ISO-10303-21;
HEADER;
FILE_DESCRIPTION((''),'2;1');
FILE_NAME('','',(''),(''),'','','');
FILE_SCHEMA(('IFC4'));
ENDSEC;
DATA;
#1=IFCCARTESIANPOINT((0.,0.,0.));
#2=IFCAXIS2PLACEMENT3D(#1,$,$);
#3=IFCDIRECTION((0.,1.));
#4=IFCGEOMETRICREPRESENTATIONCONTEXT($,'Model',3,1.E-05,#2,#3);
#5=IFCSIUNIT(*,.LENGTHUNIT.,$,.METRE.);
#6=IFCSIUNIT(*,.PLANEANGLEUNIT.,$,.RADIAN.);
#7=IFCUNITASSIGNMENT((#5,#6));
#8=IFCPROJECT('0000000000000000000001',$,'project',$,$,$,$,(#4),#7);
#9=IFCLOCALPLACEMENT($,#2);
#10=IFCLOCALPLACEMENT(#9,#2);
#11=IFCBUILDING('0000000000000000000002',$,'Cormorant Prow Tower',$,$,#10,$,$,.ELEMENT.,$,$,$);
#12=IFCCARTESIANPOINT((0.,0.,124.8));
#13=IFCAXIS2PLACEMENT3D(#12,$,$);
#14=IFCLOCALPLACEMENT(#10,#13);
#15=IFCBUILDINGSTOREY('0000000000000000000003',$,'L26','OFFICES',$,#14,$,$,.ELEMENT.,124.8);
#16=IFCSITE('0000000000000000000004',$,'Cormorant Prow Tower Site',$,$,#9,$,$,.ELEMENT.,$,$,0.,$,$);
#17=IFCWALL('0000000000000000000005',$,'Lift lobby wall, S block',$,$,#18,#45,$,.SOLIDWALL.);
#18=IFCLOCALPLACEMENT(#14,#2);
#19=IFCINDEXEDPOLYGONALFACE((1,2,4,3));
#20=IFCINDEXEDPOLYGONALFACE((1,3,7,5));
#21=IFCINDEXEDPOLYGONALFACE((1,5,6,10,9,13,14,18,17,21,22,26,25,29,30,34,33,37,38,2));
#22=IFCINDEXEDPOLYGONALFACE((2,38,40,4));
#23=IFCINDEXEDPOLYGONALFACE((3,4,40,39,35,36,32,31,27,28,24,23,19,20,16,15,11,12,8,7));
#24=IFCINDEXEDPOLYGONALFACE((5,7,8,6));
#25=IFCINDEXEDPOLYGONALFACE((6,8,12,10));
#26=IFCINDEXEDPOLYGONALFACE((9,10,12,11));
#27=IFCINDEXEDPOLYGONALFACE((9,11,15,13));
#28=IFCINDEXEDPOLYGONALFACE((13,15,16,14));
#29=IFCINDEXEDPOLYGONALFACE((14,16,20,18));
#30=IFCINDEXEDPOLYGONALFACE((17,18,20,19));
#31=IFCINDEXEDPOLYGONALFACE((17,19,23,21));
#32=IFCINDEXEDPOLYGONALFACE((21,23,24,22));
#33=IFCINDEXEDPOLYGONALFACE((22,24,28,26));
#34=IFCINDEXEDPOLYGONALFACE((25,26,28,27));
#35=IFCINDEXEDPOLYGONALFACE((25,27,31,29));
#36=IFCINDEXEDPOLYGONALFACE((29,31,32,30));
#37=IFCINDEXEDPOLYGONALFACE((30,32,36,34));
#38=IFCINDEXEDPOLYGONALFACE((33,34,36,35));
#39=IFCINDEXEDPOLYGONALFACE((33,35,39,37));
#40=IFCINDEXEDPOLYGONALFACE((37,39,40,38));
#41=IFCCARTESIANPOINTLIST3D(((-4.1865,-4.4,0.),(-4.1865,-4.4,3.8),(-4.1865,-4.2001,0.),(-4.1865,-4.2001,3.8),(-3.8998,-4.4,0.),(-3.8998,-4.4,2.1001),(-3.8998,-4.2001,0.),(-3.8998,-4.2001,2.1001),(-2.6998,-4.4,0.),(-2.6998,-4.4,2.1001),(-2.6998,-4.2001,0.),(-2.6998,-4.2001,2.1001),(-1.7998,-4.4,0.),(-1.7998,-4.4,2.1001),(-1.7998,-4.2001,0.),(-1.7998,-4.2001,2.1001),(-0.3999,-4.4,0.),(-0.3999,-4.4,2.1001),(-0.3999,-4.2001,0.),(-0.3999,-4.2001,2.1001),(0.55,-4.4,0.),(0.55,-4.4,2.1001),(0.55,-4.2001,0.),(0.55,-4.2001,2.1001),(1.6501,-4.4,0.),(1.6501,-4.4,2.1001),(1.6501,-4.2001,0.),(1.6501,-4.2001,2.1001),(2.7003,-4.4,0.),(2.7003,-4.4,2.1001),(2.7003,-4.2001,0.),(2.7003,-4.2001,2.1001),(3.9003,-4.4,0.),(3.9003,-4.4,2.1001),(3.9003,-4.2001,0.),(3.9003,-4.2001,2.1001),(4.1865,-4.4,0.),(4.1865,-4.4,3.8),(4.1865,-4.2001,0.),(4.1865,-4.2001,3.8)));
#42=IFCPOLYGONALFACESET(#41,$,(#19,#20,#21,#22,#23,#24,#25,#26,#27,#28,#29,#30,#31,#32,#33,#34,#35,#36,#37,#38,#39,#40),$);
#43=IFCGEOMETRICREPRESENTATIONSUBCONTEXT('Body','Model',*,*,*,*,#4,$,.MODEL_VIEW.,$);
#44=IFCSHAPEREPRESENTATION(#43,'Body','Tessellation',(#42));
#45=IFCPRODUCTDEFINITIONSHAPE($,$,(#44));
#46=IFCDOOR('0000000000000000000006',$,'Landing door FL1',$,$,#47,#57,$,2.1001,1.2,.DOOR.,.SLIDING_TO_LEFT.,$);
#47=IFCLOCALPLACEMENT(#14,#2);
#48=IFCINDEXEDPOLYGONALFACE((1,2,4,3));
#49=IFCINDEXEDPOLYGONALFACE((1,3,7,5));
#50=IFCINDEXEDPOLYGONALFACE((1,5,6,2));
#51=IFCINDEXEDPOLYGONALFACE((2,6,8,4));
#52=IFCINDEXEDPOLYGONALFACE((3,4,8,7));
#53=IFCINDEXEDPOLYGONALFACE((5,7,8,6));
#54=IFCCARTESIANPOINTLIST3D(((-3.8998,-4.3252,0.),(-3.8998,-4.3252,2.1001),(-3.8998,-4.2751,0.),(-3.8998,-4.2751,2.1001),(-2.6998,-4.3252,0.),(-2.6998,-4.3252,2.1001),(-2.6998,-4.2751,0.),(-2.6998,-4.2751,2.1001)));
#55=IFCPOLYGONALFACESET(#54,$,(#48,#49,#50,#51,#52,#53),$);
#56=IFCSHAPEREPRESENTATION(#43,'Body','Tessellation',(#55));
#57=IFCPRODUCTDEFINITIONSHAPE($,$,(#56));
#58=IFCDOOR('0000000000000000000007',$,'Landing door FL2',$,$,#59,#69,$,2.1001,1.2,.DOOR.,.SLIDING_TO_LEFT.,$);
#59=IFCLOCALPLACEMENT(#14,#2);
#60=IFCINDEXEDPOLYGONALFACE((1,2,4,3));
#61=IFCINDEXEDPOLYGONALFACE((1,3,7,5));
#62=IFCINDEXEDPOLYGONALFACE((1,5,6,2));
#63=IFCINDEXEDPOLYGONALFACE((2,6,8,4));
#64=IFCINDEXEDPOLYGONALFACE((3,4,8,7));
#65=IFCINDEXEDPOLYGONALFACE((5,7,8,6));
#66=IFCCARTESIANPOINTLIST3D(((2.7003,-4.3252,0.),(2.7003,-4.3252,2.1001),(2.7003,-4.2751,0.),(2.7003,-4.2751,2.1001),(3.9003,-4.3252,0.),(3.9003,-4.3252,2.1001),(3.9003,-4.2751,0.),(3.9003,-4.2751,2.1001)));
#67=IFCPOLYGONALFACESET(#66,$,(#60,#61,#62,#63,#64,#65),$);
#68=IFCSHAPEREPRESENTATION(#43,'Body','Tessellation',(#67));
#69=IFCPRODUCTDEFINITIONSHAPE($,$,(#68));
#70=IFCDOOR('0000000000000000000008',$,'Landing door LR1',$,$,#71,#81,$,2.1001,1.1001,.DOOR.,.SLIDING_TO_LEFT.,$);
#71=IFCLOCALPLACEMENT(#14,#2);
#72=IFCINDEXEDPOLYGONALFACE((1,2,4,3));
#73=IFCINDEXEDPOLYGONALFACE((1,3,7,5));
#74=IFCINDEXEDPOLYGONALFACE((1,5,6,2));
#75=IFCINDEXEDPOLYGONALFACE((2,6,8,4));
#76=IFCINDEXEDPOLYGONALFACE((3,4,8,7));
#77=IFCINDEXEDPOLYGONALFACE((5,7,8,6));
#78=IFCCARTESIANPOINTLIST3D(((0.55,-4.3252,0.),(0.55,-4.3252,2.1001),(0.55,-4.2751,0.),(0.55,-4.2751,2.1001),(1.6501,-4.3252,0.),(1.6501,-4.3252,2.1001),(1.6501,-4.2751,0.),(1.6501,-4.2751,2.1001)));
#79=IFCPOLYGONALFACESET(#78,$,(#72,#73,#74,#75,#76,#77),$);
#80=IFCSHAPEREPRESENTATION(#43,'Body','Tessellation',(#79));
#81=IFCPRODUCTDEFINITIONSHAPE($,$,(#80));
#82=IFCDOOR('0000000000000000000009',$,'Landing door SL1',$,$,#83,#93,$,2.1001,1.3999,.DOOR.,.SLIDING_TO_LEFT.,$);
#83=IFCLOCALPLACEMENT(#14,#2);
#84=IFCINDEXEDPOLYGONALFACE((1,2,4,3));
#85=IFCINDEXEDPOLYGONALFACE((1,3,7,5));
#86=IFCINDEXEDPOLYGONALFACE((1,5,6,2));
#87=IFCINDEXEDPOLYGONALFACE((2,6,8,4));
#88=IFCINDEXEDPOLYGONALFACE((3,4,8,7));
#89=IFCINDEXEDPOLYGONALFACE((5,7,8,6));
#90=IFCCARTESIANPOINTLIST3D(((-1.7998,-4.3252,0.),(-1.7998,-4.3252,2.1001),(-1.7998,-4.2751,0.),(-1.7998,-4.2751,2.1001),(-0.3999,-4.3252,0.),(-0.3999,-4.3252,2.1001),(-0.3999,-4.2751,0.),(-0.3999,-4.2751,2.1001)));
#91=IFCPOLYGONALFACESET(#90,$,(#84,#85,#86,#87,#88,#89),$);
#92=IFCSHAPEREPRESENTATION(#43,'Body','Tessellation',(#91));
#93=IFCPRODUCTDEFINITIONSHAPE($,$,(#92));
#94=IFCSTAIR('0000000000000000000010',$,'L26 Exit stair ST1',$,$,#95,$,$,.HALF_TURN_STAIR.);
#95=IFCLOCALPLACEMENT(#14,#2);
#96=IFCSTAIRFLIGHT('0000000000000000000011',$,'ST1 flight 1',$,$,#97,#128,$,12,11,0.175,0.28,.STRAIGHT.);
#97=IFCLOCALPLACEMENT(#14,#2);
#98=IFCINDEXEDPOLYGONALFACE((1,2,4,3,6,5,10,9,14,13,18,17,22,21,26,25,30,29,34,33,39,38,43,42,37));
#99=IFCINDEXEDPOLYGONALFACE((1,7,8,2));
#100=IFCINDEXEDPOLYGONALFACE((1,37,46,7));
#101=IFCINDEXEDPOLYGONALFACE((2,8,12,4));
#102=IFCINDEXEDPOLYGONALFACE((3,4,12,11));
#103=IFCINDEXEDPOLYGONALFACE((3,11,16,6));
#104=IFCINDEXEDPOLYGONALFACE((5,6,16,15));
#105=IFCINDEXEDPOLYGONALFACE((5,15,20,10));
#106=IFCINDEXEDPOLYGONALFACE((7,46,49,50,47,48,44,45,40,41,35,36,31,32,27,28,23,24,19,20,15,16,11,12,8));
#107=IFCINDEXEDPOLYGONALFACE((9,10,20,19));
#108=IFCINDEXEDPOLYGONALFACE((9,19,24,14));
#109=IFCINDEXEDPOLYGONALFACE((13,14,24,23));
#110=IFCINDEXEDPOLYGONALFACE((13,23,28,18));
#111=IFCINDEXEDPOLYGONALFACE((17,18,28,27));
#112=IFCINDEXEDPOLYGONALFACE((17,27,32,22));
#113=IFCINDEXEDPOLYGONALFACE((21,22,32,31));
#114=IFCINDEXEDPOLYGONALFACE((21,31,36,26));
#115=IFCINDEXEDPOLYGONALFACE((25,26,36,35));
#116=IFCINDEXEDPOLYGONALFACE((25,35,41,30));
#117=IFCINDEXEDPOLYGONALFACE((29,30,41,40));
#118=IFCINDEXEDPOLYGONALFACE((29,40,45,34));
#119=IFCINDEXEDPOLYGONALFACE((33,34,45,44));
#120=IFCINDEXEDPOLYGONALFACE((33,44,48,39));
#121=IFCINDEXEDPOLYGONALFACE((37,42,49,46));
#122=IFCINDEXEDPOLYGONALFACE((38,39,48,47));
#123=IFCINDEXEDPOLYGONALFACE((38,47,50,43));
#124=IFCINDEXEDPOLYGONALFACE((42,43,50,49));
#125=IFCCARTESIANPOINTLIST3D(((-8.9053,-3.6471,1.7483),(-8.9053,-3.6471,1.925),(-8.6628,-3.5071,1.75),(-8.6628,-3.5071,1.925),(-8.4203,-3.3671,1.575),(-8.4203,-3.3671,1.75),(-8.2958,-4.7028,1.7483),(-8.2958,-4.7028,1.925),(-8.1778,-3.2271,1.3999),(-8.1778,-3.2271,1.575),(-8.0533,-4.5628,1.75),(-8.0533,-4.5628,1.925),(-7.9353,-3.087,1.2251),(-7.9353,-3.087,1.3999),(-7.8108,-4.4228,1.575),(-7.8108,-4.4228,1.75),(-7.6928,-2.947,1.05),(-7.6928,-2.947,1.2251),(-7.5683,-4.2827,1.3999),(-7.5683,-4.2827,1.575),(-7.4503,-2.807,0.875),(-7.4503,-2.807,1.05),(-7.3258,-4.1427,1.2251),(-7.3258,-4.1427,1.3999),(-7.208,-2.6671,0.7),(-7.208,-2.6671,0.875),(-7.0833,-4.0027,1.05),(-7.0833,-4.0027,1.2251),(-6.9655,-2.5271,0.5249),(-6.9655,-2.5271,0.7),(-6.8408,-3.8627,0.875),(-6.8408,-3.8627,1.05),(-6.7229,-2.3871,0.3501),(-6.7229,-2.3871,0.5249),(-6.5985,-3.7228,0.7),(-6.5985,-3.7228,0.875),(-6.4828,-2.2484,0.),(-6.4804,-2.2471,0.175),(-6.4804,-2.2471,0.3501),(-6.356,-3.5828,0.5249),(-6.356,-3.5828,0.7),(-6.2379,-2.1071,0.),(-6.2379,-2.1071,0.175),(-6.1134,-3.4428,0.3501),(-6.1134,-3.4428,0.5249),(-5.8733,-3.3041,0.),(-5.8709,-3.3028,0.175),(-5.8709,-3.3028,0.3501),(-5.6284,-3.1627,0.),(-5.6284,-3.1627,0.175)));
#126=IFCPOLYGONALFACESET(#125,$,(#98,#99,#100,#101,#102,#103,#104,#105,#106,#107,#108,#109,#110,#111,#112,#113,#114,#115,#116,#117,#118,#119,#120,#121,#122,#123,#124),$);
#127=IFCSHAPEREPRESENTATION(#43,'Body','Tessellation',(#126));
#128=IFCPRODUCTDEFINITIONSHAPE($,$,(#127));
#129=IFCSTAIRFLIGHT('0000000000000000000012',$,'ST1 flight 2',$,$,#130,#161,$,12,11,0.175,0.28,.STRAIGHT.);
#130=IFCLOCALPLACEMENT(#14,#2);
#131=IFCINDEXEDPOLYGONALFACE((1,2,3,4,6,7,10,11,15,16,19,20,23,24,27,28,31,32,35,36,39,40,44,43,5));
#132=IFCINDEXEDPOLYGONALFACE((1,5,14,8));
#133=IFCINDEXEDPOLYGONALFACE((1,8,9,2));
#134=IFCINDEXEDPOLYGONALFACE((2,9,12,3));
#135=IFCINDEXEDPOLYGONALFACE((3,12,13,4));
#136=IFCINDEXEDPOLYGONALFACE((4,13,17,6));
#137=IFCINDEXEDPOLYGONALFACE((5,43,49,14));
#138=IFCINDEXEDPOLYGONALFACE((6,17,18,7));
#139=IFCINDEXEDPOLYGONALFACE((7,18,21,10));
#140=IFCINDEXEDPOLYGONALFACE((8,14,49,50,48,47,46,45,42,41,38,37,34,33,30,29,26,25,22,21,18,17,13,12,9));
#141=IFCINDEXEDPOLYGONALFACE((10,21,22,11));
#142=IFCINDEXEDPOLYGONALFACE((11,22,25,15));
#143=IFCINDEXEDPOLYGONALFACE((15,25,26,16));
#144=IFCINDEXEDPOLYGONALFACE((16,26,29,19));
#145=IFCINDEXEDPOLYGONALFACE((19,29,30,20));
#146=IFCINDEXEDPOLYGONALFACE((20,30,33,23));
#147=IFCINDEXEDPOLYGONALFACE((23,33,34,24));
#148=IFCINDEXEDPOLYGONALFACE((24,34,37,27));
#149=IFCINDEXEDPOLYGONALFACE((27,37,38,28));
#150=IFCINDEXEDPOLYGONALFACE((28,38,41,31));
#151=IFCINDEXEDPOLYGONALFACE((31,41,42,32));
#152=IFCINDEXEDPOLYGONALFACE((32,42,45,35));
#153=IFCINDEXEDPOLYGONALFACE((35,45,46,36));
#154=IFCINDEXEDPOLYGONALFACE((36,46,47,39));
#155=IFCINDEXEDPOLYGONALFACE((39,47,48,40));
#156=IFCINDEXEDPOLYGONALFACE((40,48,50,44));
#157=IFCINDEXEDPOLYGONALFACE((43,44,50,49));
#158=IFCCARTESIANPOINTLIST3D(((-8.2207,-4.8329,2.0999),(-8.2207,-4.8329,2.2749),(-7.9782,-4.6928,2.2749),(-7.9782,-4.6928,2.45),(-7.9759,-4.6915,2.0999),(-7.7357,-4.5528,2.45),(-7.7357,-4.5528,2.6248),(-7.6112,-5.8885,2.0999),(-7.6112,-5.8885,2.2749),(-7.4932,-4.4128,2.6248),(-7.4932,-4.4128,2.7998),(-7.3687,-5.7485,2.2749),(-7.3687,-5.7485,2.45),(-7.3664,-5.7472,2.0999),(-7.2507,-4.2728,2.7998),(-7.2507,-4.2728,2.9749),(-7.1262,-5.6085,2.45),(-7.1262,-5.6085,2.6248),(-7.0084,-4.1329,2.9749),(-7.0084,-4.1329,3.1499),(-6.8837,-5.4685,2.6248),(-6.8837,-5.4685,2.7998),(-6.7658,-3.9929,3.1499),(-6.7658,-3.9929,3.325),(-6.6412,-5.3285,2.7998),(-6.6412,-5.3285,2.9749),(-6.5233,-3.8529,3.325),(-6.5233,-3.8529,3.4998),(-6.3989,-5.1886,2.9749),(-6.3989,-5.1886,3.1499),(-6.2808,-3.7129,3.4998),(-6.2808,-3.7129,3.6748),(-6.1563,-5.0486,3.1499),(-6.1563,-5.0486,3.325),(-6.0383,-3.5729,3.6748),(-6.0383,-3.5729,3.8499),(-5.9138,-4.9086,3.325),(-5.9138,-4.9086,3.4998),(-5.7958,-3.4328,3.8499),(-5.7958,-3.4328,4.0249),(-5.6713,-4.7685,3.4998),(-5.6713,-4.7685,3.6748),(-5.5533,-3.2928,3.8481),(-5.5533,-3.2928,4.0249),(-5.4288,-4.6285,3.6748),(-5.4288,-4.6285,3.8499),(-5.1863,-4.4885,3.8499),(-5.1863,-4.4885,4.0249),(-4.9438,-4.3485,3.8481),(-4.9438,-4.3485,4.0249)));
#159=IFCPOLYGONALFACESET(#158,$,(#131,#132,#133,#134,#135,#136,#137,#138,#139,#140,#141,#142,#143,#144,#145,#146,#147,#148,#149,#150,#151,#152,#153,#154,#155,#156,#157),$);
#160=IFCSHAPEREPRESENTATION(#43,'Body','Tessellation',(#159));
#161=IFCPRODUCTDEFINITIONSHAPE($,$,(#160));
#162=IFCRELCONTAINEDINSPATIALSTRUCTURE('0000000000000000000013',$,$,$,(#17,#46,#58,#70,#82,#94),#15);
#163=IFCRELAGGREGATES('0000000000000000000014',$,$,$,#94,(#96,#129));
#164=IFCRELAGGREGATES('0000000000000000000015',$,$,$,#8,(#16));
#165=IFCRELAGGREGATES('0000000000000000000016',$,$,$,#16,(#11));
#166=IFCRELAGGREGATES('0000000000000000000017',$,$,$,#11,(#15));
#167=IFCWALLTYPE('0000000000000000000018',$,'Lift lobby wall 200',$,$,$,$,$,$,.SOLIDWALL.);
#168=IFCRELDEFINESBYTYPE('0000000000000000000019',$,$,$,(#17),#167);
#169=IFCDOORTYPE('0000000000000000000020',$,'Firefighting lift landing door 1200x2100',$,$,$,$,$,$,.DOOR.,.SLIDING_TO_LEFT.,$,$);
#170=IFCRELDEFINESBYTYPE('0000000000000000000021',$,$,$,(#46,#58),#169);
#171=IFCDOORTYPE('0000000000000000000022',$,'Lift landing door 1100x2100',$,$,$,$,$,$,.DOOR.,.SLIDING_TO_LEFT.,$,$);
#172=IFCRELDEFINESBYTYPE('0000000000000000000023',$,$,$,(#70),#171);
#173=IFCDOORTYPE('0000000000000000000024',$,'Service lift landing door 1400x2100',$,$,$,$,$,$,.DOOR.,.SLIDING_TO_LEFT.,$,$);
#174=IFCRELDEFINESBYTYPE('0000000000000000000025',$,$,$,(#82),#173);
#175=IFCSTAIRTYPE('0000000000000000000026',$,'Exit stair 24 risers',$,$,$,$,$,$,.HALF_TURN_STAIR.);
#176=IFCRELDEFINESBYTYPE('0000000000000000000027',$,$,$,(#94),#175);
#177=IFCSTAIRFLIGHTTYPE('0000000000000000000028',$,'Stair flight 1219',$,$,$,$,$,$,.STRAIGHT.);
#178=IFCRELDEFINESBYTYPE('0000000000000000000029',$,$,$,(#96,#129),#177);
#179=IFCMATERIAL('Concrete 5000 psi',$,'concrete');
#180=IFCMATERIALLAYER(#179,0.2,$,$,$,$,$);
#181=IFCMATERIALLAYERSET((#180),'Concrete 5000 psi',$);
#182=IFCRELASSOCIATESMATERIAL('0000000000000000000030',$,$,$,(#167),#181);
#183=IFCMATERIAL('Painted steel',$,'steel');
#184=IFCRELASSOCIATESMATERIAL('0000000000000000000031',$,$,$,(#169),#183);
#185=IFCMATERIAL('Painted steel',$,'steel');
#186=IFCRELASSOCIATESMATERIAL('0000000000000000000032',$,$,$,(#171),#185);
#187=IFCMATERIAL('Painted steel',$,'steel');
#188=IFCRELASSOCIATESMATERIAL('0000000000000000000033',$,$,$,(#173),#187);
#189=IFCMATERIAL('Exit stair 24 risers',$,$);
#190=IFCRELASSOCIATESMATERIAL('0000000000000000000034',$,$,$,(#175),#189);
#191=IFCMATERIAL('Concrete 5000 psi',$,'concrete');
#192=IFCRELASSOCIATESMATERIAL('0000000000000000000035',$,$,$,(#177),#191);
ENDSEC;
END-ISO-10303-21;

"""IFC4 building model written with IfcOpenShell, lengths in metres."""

from ifc_helpers import new_model, si_unit, direction, frame, frame_2d, origin, place, context, subcontext, project, spatial, polyline, rectangle, outline, extrude, material, layer, layer_set, type_object, element, fill, aggregate, save


model = new_model("IFC4")

# Units and contexts
model_context = context("Model", 3, precision=1e-05, world=origin(), true_north=direction((0.0, 1.0)))
body_context = subcontext(model_context, "Body", "Model", "MODEL_VIEW")
ifc_project = project(units=[si_unit("LENGTHUNIT", "METRE"), si_unit("PLANEANGLEUNIT", "RADIAN")], contexts=[model_context])

# Site, building, storey
site_placement = place(None, origin())
site = spatial("IfcSite", under=ifc_project, at=site_placement, Name="Cormorant Prow Tower Site", CompositionType="ELEMENT", RefElevation=0.0)
building_placement = place(site_placement, origin())
building = spatial("IfcBuilding", under=site, at=building_placement, Name="Cormorant Prow Tower", CompositionType="ELEMENT")
storey_placement = place(building_placement, frame((0.0, 0.0, 124.8)))
storey = spatial("IfcBuildingStorey", under=building, at=storey_placement, Name="L26", Description="OFFICES", CompositionType="ELEMENT", Elevation=124.8)

# Wall, openings, doors
ifc_material_1 = material(Name="Concrete 5000 psi", Category="concrete")
ifc_layer_1 = layer(ifc_material_1, 0.2)
ifc_layer_set_1 = layer_set([ifc_layer_1], Name="Concrete 5000 psi")
wall_type_1 = type_object("IfcWallType", Name="Lift lobby wall 200", PredefinedType="SOLIDWALL", material=ifc_layer_set_1)
wall_1_placement = place(storey_placement, frame((-4.1865, -4.3, 0.0), z_axis=(0.0, 0.0, 1.0), x_axis=(1.0, 0.0, 0.0)))
wall_1 = element("IfcWall", 1, at=wall_1_placement, inside=storey, type_object=wall_type_1, Name="Lift lobby wall, S block", PredefinedType="SOLIDWALL", context=body_context, shape_type="SweptSolid", body=[
    extrude(rectangle(XDim=8.373, YDim=0.2, at=frame_2d((4.1865, 0.0))), origin(), (0.0, 0.0, 1.0), 3.8),
])
opening_1_placement = place(wall_1_placement, frame((0.2866, 0.0, 0.0)))
opening_1 = element("IfcOpeningElement", 2, at=opening_1_placement, cuts=wall_1, PredefinedType="OPENING", context=body_context, shape_type="SweptSolid", body=[
    extrude(rectangle(XDim=1.2, YDim=2.1001, at=frame_2d((0.6001, 1.05))), frame((0.0, 0.1099, 0.0), z_axis=(0.0, -1.0, 0.0), x_axis=(1.0, 0.0, 0.0)), (0.0, 0.0, 1.0), 0.22),
])
opening_2_placement = place(wall_1_placement, frame((2.3867, 0.0, 0.0)))
opening_2 = element("IfcOpeningElement", 3, at=opening_2_placement, cuts=wall_1, PredefinedType="OPENING", context=body_context, shape_type="SweptSolid", body=[
    extrude(rectangle(XDim=1.3999, YDim=2.1001, at=frame_2d((0.7, 1.05))), frame((0.0, 0.1099, 0.0), z_axis=(0.0, -1.0, 0.0), x_axis=(1.0, 0.0, 0.0)), (0.0, 0.0, 1.0), 0.22),
])
opening_3_placement = place(wall_1_placement, frame((4.7366, 0.0, 0.0)))
opening_3 = element("IfcOpeningElement", 4, at=opening_3_placement, cuts=wall_1, PredefinedType="OPENING", context=body_context, shape_type="SweptSolid", body=[
    extrude(rectangle(XDim=1.1001, YDim=2.1001, at=frame_2d((0.55, 1.05))), frame((0.0, 0.1099, 0.0), z_axis=(0.0, -1.0, 0.0), x_axis=(1.0, 0.0, 0.0)), (0.0, 0.0, 1.0), 0.22),
])
opening_4_placement = place(wall_1_placement, frame((6.8867, 0.0, 0.0)))
opening_4 = element("IfcOpeningElement", 5, at=opening_4_placement, cuts=wall_1, PredefinedType="OPENING", context=body_context, shape_type="SweptSolid", body=[
    extrude(rectangle(XDim=1.2, YDim=2.1001, at=frame_2d((0.6001, 1.05))), frame((0.0, 0.1099, 0.0), z_axis=(0.0, -1.0, 0.0), x_axis=(1.0, 0.0, 0.0)), (0.0, 0.0, 1.0), 0.22),
])
ifc_material_2 = material(Name="Painted steel", Category="steel")
door_type_1 = type_object("IfcDoorType", Name="Firefighting lift landing door 1200x2100", OperationType="SLIDING_TO_LEFT", PredefinedType="DOOR", material=ifc_material_2)
door_1_placement = place(opening_1_placement, origin())
door_1 = element("IfcDoor", 6, at=door_1_placement, inside=storey, type_object=door_type_1, Name="Landing door FL1", OperationType="SLIDING_TO_LEFT", OverallHeight=2.1001, OverallWidth=1.2, PredefinedType="DOOR", context=body_context, shape_type="SweptSolid", body=[
    extrude(rectangle(XDim=1.2, YDim=2.1001, at=frame_2d((0.6001, 1.05))), frame((0.0, 0.0249, 0.0), z_axis=(0.0, -1.0, 0.0), x_axis=(1.0, 0.0, 0.0)), (0.0, 0.0, 1.0), 0.05),
])
fill(opening_1, door_1)
door_2_placement = place(opening_4_placement, origin())
door_2 = element("IfcDoor", 7, at=door_2_placement, inside=storey, type_object=door_type_1, Name="Landing door FL2", OperationType="SLIDING_TO_LEFT", OverallHeight=2.1001, OverallWidth=1.2, PredefinedType="DOOR", context=body_context, shape_type="SweptSolid", body=[
    extrude(rectangle(XDim=1.2, YDim=2.1001, at=frame_2d((0.6001, 1.05))), frame((0.0, 0.0249, 0.0), z_axis=(0.0, -1.0, 0.0), x_axis=(1.0, 0.0, 0.0)), (0.0, 0.0, 1.0), 0.05),
])
fill(opening_4, door_2)
ifc_material_3 = material(Name="Painted steel", Category="steel")
door_type_2 = type_object("IfcDoorType", Name="Lift landing door 1100x2100", OperationType="SLIDING_TO_LEFT", PredefinedType="DOOR", material=ifc_material_3)
door_3_placement = place(opening_3_placement, origin())
door_3 = element("IfcDoor", 8, at=door_3_placement, inside=storey, type_object=door_type_2, Name="Landing door LR1", OperationType="SLIDING_TO_LEFT", OverallHeight=2.1001, OverallWidth=1.1001, PredefinedType="DOOR", context=body_context, shape_type="SweptSolid", body=[
    extrude(rectangle(XDim=1.1001, YDim=2.1001, at=frame_2d((0.55, 1.05))), frame((0.0, 0.0249, 0.0), z_axis=(0.0, -1.0, 0.0), x_axis=(1.0, 0.0, 0.0)), (0.0, 0.0, 1.0), 0.05),
])
fill(opening_3, door_3)
ifc_material_4 = material(Name="Painted steel", Category="steel")
door_type_3 = type_object("IfcDoorType", Name="Service lift landing door 1400x2100", OperationType="SLIDING_TO_LEFT", PredefinedType="DOOR", material=ifc_material_4)
door_4_placement = place(opening_2_placement, origin())
door_4 = element("IfcDoor", 9, at=door_4_placement, inside=storey, type_object=door_type_3, Name="Landing door SL1", OperationType="SLIDING_TO_LEFT", OverallHeight=2.1001, OverallWidth=1.3999, PredefinedType="DOOR", context=body_context, shape_type="SweptSolid", body=[
    extrude(rectangle(XDim=1.3999, YDim=2.1001, at=frame_2d((0.7, 1.05))), frame((0.0, 0.0249, 0.0), z_axis=(0.0, -1.0, 0.0), x_axis=(1.0, 0.0, 0.0)), (0.0, 0.0, 1.0), 0.05),
])
fill(opening_2, door_4)

# Stair, stair flights
ifc_material_5 = material(Name="Exit stair 24 risers")
stair_type = type_object("IfcStairType", Name="Exit stair 24 risers", PredefinedType="HALF_TURN_STAIR", material=ifc_material_5)
stair_placement = place(storey_placement, origin())
stair = element("IfcStair", 10, at=stair_placement, inside=storey, type_object=stair_type, Name="L26 Exit stair ST1", PredefinedType="HALF_TURN_STAIR")
ifc_material_6 = material(Name="Concrete 5000 psi", Category="concrete")
stair_flight_type = type_object("IfcStairFlightType", Name="Stair flight 1219", PredefinedType="STRAIGHT", material=ifc_material_6)
stair_flight_1_placement = place(storey_placement, frame((-5.9331, -2.635, 0.0), z_axis=(0.0, 0.0, 1.0), x_axis=(-0.866025, -0.5, 0.0)))
stair_flight_1 = element("IfcStairFlight", 11, at=stair_flight_1_placement, type_object=stair_flight_type, Name="ST1 flight 1", NumberOfRisers=12, NumberOfTreads=11, PredefinedType="STRAIGHT", RiserHeight=0.175, TreadLength=0.28, context=body_context, shape_type="SweptSolid", body=[
    extrude(outline(polyline([(0.0, 0.0), (0.0, 0.175), (0.28, 0.175), (0.28, 0.3501), (0.5601, 0.3501), (0.5601, 0.5249), (0.8401, 0.5249), (0.8401, 0.7), (1.1201, 0.7), (1.1201, 0.875), (1.3999, 0.875), (1.3999, 1.05), (1.6799, 1.05), (1.6799, 1.2251), (1.96, 1.2251), (1.96, 1.3999), (2.24, 1.3999), (2.24, 1.575), (2.52, 1.575), (2.52, 1.75), (2.8, 1.75), (2.8, 1.925), (3.0801, 1.925), (3.0801, 2.1001), (3.0801, 1.7483), (0.2827, 0.0), (0.0, 0.0)])), frame((0.0, 0.6094, 0.0), z_axis=(0.0, -1.0, 0.0), x_axis=(1.0, 0.0, 0.0)), (0.0, 0.0, 1.0), 1.219),
])
stair_flight_2_placement = place(storey_placement, frame((-7.916, -5.3606, 2.0999), z_axis=(0.0, 0.0, 1.0), x_axis=(0.866025, 0.5, 0.0)))
stair_flight_2 = element("IfcStairFlight", 12, at=stair_flight_2_placement, type_object=stair_flight_type, Name="ST1 flight 2", NumberOfRisers=12, NumberOfTreads=11, PredefinedType="STRAIGHT", RiserHeight=0.175, TreadLength=0.28, context=body_context, shape_type="SweptSolid", body=[
    extrude(outline(polyline([(0.0, 0.0), (0.0, 0.175), (0.28, 0.175), (0.28, 0.3501), (0.5601, 0.3501), (0.5601, 0.5249), (0.8401, 0.5249), (0.8401, 0.7), (1.1201, 0.7), (1.1201, 0.875), (1.3999, 0.875), (1.3999, 1.05), (1.6799, 1.05), (1.6799, 1.2251), (1.96, 1.2251), (1.96, 1.3999), (2.24, 1.3999), (2.24, 1.575), (2.52, 1.575), (2.52, 1.75), (2.8, 1.75), (2.8, 1.925), (3.0801, 1.925), (3.0801, 2.1001), (3.0801, 1.7483), (0.2827, 0.0), (0.0, 0.0)])), frame((0.0, 0.6094, 0.0), z_axis=(0.0, -1.0, 0.0), x_axis=(1.0, 0.0, 0.0)), (0.0, 0.0, 1.0), 1.219),
])
aggregate(stair, [stair_flight_1, stair_flight_2])

save(model, "model.ifc")
